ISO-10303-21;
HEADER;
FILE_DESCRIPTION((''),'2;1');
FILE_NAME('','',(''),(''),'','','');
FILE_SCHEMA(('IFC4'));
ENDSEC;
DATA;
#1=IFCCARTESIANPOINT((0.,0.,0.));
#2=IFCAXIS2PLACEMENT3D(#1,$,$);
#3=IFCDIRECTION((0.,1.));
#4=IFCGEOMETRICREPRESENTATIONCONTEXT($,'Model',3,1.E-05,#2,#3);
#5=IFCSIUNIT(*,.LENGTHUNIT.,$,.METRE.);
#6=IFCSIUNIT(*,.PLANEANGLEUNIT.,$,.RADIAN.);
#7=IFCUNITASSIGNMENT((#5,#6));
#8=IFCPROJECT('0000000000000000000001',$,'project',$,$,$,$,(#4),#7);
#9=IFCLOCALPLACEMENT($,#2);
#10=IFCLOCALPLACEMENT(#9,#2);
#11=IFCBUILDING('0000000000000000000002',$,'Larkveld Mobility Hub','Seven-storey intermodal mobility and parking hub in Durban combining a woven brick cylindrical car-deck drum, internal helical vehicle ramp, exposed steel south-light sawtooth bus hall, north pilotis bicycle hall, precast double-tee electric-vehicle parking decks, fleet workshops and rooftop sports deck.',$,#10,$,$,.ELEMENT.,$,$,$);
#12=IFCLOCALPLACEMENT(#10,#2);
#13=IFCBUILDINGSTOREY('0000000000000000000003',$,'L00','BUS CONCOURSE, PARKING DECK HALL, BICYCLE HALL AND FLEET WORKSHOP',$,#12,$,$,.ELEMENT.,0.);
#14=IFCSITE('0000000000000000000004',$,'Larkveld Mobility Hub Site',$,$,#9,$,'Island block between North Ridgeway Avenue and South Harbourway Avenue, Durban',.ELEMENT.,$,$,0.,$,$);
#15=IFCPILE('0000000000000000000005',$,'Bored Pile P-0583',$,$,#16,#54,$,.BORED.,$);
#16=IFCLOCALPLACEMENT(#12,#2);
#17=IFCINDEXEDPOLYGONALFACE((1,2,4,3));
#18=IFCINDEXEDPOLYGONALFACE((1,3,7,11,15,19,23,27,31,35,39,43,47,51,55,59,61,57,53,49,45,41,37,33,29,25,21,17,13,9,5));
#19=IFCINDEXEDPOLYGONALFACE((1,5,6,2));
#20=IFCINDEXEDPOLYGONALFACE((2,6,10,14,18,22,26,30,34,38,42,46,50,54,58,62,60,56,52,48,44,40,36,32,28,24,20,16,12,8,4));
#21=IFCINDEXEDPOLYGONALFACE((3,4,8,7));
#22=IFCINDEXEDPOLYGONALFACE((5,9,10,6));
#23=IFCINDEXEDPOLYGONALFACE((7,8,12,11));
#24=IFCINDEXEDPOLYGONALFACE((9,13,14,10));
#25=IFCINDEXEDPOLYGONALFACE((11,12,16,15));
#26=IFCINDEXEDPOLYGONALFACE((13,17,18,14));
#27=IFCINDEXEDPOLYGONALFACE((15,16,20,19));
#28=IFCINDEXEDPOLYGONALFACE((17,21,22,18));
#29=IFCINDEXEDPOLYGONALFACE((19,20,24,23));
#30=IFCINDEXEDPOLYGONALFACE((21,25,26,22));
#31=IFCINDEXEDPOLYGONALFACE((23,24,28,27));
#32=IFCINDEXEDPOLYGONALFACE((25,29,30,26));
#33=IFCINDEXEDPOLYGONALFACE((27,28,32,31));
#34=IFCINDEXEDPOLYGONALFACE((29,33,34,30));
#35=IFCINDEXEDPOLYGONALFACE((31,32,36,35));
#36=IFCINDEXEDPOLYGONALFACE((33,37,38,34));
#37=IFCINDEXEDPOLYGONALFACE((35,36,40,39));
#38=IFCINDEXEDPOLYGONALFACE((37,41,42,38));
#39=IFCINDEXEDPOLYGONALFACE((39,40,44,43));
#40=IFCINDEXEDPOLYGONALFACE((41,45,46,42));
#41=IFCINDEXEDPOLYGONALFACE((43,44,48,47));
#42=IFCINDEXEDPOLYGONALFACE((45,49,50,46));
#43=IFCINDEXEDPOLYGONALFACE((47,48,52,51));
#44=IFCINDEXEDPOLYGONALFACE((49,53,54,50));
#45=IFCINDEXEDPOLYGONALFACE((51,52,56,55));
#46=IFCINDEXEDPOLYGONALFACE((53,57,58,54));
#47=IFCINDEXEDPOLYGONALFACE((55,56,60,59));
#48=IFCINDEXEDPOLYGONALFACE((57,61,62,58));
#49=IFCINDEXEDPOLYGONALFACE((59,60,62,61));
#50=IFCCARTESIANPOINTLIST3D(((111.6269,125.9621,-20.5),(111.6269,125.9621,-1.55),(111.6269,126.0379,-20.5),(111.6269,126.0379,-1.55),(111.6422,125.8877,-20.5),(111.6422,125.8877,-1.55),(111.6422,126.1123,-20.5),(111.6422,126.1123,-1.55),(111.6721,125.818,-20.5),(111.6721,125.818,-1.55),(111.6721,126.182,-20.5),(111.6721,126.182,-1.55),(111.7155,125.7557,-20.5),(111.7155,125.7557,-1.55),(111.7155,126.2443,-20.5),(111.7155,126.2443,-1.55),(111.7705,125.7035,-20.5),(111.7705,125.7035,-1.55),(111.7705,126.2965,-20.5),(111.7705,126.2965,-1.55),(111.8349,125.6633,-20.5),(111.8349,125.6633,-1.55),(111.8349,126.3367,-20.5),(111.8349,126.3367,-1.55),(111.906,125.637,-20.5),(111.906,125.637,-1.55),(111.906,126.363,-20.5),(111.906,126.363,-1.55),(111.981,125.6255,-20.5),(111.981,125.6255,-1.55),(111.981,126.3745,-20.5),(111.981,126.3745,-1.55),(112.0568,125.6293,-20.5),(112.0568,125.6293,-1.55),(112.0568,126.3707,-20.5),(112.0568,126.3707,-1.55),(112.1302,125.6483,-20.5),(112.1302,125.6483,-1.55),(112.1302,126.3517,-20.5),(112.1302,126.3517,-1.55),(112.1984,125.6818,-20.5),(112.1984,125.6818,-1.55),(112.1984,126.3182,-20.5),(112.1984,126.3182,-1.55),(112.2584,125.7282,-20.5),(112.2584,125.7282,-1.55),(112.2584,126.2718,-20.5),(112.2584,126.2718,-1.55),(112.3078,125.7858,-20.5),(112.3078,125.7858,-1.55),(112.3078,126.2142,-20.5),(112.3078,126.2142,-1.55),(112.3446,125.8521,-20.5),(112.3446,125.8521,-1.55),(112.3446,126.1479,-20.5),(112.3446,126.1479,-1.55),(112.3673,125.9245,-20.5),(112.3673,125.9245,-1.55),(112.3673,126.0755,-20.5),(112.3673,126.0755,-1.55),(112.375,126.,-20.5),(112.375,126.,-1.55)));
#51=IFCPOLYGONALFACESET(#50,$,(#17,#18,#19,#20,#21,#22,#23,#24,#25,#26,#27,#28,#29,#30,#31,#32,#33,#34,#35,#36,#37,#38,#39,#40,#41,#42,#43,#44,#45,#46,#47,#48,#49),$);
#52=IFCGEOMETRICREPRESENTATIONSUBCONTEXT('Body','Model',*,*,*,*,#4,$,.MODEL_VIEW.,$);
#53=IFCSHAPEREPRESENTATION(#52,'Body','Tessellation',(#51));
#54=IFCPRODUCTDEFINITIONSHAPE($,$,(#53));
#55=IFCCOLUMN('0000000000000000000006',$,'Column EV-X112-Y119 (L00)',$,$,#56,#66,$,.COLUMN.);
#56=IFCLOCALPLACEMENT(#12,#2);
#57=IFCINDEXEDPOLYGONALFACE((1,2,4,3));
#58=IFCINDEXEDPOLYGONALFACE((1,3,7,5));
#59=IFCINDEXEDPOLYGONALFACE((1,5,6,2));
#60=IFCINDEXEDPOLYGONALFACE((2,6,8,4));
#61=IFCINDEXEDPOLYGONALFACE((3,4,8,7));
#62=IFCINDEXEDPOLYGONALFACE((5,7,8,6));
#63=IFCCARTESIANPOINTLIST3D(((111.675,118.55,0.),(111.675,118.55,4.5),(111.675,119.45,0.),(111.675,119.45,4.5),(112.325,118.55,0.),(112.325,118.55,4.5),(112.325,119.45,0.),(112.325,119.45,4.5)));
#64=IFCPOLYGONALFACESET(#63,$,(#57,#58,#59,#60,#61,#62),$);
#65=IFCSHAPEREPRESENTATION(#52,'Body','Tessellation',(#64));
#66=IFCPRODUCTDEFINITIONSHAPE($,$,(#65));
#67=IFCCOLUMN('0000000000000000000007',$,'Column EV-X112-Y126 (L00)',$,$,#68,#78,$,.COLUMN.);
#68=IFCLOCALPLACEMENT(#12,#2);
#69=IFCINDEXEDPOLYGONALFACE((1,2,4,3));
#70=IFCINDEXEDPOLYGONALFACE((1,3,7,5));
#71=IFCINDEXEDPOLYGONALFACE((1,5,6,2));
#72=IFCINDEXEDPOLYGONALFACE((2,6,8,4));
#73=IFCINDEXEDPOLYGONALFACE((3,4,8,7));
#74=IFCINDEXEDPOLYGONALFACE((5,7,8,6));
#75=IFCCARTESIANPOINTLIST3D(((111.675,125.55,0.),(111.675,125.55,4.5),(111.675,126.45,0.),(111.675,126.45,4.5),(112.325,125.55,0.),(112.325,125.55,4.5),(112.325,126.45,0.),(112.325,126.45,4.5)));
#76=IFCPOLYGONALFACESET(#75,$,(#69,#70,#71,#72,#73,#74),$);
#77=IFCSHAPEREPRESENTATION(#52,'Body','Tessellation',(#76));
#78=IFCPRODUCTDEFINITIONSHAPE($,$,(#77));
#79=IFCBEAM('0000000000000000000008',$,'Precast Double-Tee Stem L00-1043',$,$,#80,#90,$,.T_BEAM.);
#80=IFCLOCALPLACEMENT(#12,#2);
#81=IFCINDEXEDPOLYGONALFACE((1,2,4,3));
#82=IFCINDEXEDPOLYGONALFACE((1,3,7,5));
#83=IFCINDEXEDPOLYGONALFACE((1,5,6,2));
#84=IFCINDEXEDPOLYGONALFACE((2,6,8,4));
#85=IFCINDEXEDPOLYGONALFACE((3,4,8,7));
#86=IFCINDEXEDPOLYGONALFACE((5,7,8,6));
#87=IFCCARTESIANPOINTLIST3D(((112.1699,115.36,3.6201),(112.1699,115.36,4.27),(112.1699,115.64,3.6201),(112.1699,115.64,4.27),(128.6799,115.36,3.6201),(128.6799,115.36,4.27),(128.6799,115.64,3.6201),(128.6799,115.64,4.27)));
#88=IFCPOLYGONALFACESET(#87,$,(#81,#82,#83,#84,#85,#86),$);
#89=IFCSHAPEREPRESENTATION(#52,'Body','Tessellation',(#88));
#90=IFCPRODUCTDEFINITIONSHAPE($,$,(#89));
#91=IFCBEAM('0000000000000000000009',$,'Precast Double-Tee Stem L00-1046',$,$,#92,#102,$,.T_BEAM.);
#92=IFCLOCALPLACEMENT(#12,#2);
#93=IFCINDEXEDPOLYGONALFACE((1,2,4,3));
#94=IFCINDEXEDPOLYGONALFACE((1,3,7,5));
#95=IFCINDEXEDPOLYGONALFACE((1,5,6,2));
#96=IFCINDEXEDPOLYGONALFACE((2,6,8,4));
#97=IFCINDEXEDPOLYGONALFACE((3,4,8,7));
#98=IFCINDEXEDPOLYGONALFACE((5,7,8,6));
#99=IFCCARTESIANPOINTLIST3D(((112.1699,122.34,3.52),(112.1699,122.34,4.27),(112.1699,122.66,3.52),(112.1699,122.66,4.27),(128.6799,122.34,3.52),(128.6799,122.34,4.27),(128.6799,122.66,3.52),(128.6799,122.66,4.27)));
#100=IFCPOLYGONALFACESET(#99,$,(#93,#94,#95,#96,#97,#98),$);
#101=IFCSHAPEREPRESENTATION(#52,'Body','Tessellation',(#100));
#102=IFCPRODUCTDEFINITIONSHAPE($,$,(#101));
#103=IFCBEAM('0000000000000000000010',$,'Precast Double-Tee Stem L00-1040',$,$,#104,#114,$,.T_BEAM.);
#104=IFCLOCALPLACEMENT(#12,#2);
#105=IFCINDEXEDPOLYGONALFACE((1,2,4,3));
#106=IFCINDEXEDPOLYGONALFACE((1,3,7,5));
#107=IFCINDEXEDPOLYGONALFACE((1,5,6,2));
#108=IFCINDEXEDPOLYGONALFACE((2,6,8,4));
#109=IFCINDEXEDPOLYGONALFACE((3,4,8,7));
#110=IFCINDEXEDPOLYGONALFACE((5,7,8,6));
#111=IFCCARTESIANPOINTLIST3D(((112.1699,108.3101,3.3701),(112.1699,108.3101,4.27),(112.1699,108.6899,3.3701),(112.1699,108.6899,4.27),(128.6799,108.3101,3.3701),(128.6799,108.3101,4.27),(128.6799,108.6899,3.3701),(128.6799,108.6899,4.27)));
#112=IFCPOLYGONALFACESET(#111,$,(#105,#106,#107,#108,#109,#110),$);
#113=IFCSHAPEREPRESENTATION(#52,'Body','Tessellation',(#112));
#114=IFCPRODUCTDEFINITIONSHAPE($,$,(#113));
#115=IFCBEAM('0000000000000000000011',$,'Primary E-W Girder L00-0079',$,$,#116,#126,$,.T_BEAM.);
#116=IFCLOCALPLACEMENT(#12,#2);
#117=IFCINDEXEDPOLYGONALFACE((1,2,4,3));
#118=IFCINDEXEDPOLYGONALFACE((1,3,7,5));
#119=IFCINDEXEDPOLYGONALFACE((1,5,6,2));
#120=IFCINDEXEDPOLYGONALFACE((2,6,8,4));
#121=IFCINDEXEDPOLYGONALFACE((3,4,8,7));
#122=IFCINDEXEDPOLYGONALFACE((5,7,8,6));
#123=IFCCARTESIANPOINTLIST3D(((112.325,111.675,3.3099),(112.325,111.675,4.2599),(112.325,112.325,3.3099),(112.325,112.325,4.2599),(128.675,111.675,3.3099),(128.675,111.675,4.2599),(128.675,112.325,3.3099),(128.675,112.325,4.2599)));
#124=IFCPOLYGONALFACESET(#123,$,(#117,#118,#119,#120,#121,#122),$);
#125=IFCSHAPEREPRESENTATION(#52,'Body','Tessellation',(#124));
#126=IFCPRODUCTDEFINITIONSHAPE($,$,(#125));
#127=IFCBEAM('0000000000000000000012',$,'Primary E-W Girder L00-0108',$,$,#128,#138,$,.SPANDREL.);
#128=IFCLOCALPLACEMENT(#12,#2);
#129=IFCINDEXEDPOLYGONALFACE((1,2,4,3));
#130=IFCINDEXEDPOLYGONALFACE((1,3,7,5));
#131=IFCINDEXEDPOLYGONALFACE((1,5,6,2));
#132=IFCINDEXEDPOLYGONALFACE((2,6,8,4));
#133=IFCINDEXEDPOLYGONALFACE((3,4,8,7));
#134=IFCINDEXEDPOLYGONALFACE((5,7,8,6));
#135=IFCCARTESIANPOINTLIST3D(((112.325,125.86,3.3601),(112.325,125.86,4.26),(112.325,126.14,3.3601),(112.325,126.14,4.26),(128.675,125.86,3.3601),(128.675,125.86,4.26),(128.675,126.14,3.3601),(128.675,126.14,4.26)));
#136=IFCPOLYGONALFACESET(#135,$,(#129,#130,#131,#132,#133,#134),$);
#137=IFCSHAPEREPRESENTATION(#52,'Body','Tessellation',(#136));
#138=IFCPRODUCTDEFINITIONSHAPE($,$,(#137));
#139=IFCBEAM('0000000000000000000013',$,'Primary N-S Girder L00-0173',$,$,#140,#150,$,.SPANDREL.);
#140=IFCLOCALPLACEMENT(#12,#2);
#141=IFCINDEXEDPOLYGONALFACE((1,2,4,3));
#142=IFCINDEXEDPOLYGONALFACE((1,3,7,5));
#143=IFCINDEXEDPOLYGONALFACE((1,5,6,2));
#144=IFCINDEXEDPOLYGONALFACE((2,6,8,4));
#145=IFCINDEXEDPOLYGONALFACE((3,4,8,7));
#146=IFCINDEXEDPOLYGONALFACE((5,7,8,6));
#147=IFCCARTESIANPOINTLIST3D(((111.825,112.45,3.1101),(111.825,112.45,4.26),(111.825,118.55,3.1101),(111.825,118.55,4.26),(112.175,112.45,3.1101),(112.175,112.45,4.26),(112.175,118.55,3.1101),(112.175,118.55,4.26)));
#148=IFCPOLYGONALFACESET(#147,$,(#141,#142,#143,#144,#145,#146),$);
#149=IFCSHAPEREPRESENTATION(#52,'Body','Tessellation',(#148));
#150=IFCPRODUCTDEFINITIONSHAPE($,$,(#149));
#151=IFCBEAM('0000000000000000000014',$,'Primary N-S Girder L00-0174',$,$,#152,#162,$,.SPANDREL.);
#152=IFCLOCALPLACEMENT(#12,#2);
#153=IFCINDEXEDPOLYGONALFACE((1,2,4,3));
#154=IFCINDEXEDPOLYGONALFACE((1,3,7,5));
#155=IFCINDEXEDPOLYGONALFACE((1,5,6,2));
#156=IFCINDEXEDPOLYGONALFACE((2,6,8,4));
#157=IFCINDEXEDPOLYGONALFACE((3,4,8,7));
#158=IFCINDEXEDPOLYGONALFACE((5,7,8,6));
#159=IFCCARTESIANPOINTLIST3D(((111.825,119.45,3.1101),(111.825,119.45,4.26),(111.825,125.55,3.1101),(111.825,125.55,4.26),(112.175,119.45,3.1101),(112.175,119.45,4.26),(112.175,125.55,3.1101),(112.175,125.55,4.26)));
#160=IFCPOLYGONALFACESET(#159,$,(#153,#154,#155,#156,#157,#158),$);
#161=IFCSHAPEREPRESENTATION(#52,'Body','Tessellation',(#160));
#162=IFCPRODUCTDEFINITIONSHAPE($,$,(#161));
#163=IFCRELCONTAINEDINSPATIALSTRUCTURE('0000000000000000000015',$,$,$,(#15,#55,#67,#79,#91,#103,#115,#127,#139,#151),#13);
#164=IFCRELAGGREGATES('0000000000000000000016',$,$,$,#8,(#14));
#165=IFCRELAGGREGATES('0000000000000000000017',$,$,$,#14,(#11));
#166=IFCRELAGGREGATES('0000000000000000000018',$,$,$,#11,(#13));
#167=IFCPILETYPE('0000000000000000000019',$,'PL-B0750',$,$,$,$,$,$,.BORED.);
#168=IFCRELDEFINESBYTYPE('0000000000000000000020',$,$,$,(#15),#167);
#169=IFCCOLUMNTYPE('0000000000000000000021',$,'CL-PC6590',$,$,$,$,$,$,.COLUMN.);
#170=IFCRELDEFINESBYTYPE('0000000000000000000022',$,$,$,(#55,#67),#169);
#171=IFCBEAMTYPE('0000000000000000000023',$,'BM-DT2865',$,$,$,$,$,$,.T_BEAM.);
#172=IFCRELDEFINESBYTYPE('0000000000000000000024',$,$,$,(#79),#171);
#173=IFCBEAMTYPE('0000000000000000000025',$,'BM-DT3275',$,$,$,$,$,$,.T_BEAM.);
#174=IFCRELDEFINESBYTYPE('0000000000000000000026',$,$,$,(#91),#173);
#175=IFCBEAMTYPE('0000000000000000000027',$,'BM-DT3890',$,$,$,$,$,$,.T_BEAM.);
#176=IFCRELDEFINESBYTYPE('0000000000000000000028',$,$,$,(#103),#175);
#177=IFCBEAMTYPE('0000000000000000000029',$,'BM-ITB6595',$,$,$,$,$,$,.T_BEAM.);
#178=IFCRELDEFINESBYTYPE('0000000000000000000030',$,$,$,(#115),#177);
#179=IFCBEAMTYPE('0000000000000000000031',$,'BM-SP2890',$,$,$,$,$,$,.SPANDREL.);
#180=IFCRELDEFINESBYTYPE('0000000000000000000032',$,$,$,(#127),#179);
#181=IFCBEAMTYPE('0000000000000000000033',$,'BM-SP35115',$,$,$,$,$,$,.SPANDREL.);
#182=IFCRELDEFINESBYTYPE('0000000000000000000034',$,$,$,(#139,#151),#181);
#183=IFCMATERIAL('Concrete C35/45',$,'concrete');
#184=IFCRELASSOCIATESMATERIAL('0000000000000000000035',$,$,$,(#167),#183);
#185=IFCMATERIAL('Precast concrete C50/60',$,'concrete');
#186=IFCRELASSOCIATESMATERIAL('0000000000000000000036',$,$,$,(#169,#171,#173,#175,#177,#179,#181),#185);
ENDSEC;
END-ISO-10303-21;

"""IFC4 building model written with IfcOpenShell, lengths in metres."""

from ifc_helpers import new_model, si_unit, direction, frame, origin, origin_2d, place, context, subcontext, project, spatial, rectangle, circle, extrude, material, material_profile, profile_set, type_object, element, save


model = new_model("IFC4")

# Units and contexts
model_context = context("Model", 3, precision=1e-05, world=origin(), true_north=direction((0.0, 1.0)))
body_context = subcontext(model_context, "Body", "Model", "MODEL_VIEW")
ifc_project = project(units=[si_unit("LENGTHUNIT", "METRE"), si_unit("PLANEANGLEUNIT", "RADIAN")], contexts=[model_context])

# Site, building, storey
site_placement = place(None, origin())
site = spatial("IfcSite", under=ifc_project, at=site_placement, Name="Larkveld Mobility Hub Site", LongName="Island block between North Ridgeway Avenue and South Harbourway Avenue, Durban", CompositionType="ELEMENT", RefElevation=0.0)
building_placement = place(site_placement, origin())
building = spatial("IfcBuilding", under=site, at=building_placement, Name="Larkveld Mobility Hub", Description="Seven-storey intermodal mobility and parking hub in Durban combining a woven brick cylindrical car-deck drum, internal helical vehicle ramp, exposed steel south-light sawtooth bus hall, north pilotis bicycle hall, precast double-tee electric-vehicle parking decks, fleet workshops and rooftop sports deck.", CompositionType="ELEMENT")
storey_placement = place(building_placement, origin())
storey = spatial("IfcBuildingStorey", under=building, at=storey_placement, Name="L00", Description="BUS CONCOURSE, PARKING DECK HALL, BICYCLE HALL AND FLEET WORKSHOP", CompositionType="ELEMENT", Elevation=0.0)

# Shared definitions
ifc_material_1 = material(Name="Concrete C35/45", Category="concrete")

# Pile
ifc_material_profile_1 = material_profile(ifc_material_1, circle(Radius=0.375, at=origin_2d()), Name="PILE D750")
ifc_profile_set_1 = profile_set([ifc_material_profile_1], Name="Concrete C35/45")
pile_type = type_object("IfcPileType", Name="PL-B0750", PredefinedType="BORED", material=ifc_profile_set_1)
pile_1_placement = place(storey_placement, frame((112.0, 126.0, -1.55), z_axis=(0.0, 0.0, -1.0), x_axis=(1.0, 0.0, 0.0)))
element("IfcPile", 1, at=pile_1_placement, inside=storey, type_object=pile_type, Name="Bored Pile P-0583", PredefinedType="BORED", context=body_context, shape_type="SweptSolid", body=[
    extrude(circle(Radius=0.375, at=origin_2d()), origin(), (0.0, 0.0, 1.0), 18.95),
])

# Columns
ifc_material_2 = material(Name="Precast concrete C50/60", Category="concrete")
ifc_material_profile_2 = material_profile(ifc_material_2, rectangle(XDim=0.6499, YDim=0.8999, at=origin_2d()), Name="RC COL 650x900")
ifc_profile_set_2 = profile_set([ifc_material_profile_2], Name="Precast concrete C50/60")
column_type = type_object("IfcColumnType", Name="CL-PC6590", PredefinedType="COLUMN", material=ifc_profile_set_2)
for number, where, z_axis, x_axis, name in (
    (2, (112.0, 119.0, 0.0), (0.0, 0.0, 1.0), (1.0, 0.0, 0.0), "Column EV-X112-Y119 (L00)"),
    (3, (112.0, 126.0, 0.0), (0.0, 0.0, 1.0), (1.0, 0.0, 0.0), "Column EV-X112-Y126 (L00)"),
):
    element("IfcColumn", number, at=place(storey_placement, frame(where, z_axis=z_axis, x_axis=x_axis)), inside=storey, type_object=column_type, Name=name, PredefinedType="COLUMN", context=body_context, shape_type="SweptSolid", body=[
        extrude(rectangle(XDim=0.6499, YDim=0.8999, at=origin_2d()), origin(), (0.0, 0.0, 1.0), 4.5),
    ])

# Beams
ifc_material_profile_3 = material_profile(ifc_material_2, rectangle(XDim=0.28, YDim=0.6499, at=origin_2d()), Name="PC DT 280x650")
ifc_profile_set_3 = profile_set([ifc_material_profile_3], Name="Precast concrete C50/60")
beam_type_1 = type_object("IfcBeamType", Name="BM-DT2865", PredefinedType="T_BEAM", material=ifc_profile_set_3)
beam_1_placement = place(storey_placement, frame((112.1699, 115.5, 3.9451), z_axis=(1.0, 0.0, 0.0), x_axis=(0.0, 1.0, 0.0)))
element("IfcBeam", 4, at=beam_1_placement, inside=storey, type_object=beam_type_1, Name="Precast Double-Tee Stem L00-1043", PredefinedType="T_BEAM", context=body_context, shape_type="SweptSolid", body=[
    extrude(rectangle(XDim=0.28, YDim=0.6499, at=origin_2d()), origin(), (0.0, 0.0, 1.0), 16.51),
])
ifc_material_profile_4 = material_profile(ifc_material_2, rectangle(XDim=0.3201, YDim=0.75, at=origin_2d()), Name="PC DT 320x750")
ifc_profile_set_4 = profile_set([ifc_material_profile_4], Name="Precast concrete C50/60")
beam_type_2 = type_object("IfcBeamType", Name="BM-DT3275", PredefinedType="T_BEAM", material=ifc_profile_set_4)
beam_2_placement = place(storey_placement, frame((112.1699, 122.5, 3.895), z_axis=(1.0, 0.0, 0.0), x_axis=(0.0, 1.0, 0.0)))
element("IfcBeam", 5, at=beam_2_placement, inside=storey, type_object=beam_type_2, Name="Precast Double-Tee Stem L00-1046", PredefinedType="T_BEAM", context=body_context, shape_type="SweptSolid", body=[
    extrude(rectangle(XDim=0.3201, YDim=0.75, at=origin_2d()), origin(), (0.0, 0.0, 1.0), 16.51),
])
ifc_material_profile_5 = material_profile(ifc_material_2, rectangle(XDim=0.3799, YDim=0.8999, at=origin_2d()), Name="PC DT 380x900")
ifc_profile_set_5 = profile_set([ifc_material_profile_5], Name="Precast concrete C50/60")
beam_type_3 = type_object("IfcBeamType", Name="BM-DT3890", PredefinedType="T_BEAM", material=ifc_profile_set_5)
beam_3_placement = place(storey_placement, frame((112.1699, 108.5, 3.8201), z_axis=(1.0, 0.0, 0.0), x_axis=(0.0, 1.0, 0.0)))
element("IfcBeam", 6, at=beam_3_placement, inside=storey, type_object=beam_type_3, Name="Precast Double-Tee Stem L00-1040", PredefinedType="T_BEAM", context=body_context, shape_type="SweptSolid", body=[
    extrude(rectangle(XDim=0.3799, YDim=0.8999, at=origin_2d()), origin(), (0.0, 0.0, 1.0), 16.51),
])
ifc_material_profile_6 = material_profile(ifc_material_2, rectangle(XDim=0.6499, YDim=0.95, at=origin_2d()), Name="PC ITB 650x950")
ifc_profile_set_6 = profile_set([ifc_material_profile_6], Name="Precast concrete C50/60")
beam_type_4 = type_object("IfcBeamType", Name="BM-ITB6595", PredefinedType="T_BEAM", material=ifc_profile_set_6)
beam_4_placement = place(storey_placement, frame((112.325, 112.0, 3.7849), z_axis=(1.0, 0.0, 0.0), x_axis=(0.0, 1.0, 0.0)))
element("IfcBeam", 7, at=beam_4_placement, inside=storey, type_object=beam_type_4, Name="Primary E-W Girder L00-0079", PredefinedType="T_BEAM", context=body_context, shape_type="SweptSolid", body=[
    extrude(rectangle(XDim=0.6499, YDim=0.95, at=origin_2d()), origin(), (0.0, 0.0, 1.0), 16.3501),
])
ifc_material_profile_7 = material_profile(ifc_material_2, rectangle(XDim=0.28, YDim=0.8999, at=origin_2d()), Name="PC SP 280x900")
ifc_profile_set_7 = profile_set([ifc_material_profile_7], Name="Precast concrete C50/60")
beam_type_5 = type_object("IfcBeamType", Name="BM-SP2890", PredefinedType="SPANDREL", material=ifc_profile_set_7)
beam_5_placement = place(storey_placement, frame((112.325, 126.0, 3.8101), z_axis=(1.0, 0.0, 0.0), x_axis=(0.0, 1.0, 0.0)))
element("IfcBeam", 8, at=beam_5_placement, inside=storey, type_object=beam_type_5, Name="Primary E-W Girder L00-0108", PredefinedType="SPANDREL", context=body_context, shape_type="SweptSolid", body=[
    extrude(rectangle(XDim=0.28, YDim=0.8999, at=origin_2d()), origin(), (0.0, 0.0, 1.0), 16.3501),
])
ifc_material_profile_8 = material_profile(ifc_material_2, rectangle(XDim=0.3501, YDim=1.1499, at=origin_2d()), Name="PC SP 350x1150")
ifc_profile_set_8 = profile_set([ifc_material_profile_8], Name="Precast concrete C50/60")
beam_type_6 = type_object("IfcBeamType", Name="BM-SP35115", PredefinedType="SPANDREL", material=ifc_profile_set_8)
for number, where, z_axis, x_axis, name in (
    (9, (112.0, 112.45, 3.6851), (0.0, 1.0, 0.0), (-1.0, 0.0, 0.0), "Primary N-S Girder L00-0173"),
    (10, (112.0, 119.45, 3.6851), (0.0, 1.0, 0.0), (-1.0, 0.0, 0.0), "Primary N-S Girder L00-0174"),
):
    element("IfcBeam", number, at=place(storey_placement, frame(where, z_axis=z_axis, x_axis=x_axis)), inside=storey, type_object=beam_type_6, Name=name, PredefinedType="SPANDREL", context=body_context, shape_type="SweptSolid", body=[
        extrude(rectangle(XDim=0.3501, YDim=1.1499, at=origin_2d()), origin(), (0.0, 0.0, 1.0), 6.1001),
    ])

save(model, "model.ifc")
